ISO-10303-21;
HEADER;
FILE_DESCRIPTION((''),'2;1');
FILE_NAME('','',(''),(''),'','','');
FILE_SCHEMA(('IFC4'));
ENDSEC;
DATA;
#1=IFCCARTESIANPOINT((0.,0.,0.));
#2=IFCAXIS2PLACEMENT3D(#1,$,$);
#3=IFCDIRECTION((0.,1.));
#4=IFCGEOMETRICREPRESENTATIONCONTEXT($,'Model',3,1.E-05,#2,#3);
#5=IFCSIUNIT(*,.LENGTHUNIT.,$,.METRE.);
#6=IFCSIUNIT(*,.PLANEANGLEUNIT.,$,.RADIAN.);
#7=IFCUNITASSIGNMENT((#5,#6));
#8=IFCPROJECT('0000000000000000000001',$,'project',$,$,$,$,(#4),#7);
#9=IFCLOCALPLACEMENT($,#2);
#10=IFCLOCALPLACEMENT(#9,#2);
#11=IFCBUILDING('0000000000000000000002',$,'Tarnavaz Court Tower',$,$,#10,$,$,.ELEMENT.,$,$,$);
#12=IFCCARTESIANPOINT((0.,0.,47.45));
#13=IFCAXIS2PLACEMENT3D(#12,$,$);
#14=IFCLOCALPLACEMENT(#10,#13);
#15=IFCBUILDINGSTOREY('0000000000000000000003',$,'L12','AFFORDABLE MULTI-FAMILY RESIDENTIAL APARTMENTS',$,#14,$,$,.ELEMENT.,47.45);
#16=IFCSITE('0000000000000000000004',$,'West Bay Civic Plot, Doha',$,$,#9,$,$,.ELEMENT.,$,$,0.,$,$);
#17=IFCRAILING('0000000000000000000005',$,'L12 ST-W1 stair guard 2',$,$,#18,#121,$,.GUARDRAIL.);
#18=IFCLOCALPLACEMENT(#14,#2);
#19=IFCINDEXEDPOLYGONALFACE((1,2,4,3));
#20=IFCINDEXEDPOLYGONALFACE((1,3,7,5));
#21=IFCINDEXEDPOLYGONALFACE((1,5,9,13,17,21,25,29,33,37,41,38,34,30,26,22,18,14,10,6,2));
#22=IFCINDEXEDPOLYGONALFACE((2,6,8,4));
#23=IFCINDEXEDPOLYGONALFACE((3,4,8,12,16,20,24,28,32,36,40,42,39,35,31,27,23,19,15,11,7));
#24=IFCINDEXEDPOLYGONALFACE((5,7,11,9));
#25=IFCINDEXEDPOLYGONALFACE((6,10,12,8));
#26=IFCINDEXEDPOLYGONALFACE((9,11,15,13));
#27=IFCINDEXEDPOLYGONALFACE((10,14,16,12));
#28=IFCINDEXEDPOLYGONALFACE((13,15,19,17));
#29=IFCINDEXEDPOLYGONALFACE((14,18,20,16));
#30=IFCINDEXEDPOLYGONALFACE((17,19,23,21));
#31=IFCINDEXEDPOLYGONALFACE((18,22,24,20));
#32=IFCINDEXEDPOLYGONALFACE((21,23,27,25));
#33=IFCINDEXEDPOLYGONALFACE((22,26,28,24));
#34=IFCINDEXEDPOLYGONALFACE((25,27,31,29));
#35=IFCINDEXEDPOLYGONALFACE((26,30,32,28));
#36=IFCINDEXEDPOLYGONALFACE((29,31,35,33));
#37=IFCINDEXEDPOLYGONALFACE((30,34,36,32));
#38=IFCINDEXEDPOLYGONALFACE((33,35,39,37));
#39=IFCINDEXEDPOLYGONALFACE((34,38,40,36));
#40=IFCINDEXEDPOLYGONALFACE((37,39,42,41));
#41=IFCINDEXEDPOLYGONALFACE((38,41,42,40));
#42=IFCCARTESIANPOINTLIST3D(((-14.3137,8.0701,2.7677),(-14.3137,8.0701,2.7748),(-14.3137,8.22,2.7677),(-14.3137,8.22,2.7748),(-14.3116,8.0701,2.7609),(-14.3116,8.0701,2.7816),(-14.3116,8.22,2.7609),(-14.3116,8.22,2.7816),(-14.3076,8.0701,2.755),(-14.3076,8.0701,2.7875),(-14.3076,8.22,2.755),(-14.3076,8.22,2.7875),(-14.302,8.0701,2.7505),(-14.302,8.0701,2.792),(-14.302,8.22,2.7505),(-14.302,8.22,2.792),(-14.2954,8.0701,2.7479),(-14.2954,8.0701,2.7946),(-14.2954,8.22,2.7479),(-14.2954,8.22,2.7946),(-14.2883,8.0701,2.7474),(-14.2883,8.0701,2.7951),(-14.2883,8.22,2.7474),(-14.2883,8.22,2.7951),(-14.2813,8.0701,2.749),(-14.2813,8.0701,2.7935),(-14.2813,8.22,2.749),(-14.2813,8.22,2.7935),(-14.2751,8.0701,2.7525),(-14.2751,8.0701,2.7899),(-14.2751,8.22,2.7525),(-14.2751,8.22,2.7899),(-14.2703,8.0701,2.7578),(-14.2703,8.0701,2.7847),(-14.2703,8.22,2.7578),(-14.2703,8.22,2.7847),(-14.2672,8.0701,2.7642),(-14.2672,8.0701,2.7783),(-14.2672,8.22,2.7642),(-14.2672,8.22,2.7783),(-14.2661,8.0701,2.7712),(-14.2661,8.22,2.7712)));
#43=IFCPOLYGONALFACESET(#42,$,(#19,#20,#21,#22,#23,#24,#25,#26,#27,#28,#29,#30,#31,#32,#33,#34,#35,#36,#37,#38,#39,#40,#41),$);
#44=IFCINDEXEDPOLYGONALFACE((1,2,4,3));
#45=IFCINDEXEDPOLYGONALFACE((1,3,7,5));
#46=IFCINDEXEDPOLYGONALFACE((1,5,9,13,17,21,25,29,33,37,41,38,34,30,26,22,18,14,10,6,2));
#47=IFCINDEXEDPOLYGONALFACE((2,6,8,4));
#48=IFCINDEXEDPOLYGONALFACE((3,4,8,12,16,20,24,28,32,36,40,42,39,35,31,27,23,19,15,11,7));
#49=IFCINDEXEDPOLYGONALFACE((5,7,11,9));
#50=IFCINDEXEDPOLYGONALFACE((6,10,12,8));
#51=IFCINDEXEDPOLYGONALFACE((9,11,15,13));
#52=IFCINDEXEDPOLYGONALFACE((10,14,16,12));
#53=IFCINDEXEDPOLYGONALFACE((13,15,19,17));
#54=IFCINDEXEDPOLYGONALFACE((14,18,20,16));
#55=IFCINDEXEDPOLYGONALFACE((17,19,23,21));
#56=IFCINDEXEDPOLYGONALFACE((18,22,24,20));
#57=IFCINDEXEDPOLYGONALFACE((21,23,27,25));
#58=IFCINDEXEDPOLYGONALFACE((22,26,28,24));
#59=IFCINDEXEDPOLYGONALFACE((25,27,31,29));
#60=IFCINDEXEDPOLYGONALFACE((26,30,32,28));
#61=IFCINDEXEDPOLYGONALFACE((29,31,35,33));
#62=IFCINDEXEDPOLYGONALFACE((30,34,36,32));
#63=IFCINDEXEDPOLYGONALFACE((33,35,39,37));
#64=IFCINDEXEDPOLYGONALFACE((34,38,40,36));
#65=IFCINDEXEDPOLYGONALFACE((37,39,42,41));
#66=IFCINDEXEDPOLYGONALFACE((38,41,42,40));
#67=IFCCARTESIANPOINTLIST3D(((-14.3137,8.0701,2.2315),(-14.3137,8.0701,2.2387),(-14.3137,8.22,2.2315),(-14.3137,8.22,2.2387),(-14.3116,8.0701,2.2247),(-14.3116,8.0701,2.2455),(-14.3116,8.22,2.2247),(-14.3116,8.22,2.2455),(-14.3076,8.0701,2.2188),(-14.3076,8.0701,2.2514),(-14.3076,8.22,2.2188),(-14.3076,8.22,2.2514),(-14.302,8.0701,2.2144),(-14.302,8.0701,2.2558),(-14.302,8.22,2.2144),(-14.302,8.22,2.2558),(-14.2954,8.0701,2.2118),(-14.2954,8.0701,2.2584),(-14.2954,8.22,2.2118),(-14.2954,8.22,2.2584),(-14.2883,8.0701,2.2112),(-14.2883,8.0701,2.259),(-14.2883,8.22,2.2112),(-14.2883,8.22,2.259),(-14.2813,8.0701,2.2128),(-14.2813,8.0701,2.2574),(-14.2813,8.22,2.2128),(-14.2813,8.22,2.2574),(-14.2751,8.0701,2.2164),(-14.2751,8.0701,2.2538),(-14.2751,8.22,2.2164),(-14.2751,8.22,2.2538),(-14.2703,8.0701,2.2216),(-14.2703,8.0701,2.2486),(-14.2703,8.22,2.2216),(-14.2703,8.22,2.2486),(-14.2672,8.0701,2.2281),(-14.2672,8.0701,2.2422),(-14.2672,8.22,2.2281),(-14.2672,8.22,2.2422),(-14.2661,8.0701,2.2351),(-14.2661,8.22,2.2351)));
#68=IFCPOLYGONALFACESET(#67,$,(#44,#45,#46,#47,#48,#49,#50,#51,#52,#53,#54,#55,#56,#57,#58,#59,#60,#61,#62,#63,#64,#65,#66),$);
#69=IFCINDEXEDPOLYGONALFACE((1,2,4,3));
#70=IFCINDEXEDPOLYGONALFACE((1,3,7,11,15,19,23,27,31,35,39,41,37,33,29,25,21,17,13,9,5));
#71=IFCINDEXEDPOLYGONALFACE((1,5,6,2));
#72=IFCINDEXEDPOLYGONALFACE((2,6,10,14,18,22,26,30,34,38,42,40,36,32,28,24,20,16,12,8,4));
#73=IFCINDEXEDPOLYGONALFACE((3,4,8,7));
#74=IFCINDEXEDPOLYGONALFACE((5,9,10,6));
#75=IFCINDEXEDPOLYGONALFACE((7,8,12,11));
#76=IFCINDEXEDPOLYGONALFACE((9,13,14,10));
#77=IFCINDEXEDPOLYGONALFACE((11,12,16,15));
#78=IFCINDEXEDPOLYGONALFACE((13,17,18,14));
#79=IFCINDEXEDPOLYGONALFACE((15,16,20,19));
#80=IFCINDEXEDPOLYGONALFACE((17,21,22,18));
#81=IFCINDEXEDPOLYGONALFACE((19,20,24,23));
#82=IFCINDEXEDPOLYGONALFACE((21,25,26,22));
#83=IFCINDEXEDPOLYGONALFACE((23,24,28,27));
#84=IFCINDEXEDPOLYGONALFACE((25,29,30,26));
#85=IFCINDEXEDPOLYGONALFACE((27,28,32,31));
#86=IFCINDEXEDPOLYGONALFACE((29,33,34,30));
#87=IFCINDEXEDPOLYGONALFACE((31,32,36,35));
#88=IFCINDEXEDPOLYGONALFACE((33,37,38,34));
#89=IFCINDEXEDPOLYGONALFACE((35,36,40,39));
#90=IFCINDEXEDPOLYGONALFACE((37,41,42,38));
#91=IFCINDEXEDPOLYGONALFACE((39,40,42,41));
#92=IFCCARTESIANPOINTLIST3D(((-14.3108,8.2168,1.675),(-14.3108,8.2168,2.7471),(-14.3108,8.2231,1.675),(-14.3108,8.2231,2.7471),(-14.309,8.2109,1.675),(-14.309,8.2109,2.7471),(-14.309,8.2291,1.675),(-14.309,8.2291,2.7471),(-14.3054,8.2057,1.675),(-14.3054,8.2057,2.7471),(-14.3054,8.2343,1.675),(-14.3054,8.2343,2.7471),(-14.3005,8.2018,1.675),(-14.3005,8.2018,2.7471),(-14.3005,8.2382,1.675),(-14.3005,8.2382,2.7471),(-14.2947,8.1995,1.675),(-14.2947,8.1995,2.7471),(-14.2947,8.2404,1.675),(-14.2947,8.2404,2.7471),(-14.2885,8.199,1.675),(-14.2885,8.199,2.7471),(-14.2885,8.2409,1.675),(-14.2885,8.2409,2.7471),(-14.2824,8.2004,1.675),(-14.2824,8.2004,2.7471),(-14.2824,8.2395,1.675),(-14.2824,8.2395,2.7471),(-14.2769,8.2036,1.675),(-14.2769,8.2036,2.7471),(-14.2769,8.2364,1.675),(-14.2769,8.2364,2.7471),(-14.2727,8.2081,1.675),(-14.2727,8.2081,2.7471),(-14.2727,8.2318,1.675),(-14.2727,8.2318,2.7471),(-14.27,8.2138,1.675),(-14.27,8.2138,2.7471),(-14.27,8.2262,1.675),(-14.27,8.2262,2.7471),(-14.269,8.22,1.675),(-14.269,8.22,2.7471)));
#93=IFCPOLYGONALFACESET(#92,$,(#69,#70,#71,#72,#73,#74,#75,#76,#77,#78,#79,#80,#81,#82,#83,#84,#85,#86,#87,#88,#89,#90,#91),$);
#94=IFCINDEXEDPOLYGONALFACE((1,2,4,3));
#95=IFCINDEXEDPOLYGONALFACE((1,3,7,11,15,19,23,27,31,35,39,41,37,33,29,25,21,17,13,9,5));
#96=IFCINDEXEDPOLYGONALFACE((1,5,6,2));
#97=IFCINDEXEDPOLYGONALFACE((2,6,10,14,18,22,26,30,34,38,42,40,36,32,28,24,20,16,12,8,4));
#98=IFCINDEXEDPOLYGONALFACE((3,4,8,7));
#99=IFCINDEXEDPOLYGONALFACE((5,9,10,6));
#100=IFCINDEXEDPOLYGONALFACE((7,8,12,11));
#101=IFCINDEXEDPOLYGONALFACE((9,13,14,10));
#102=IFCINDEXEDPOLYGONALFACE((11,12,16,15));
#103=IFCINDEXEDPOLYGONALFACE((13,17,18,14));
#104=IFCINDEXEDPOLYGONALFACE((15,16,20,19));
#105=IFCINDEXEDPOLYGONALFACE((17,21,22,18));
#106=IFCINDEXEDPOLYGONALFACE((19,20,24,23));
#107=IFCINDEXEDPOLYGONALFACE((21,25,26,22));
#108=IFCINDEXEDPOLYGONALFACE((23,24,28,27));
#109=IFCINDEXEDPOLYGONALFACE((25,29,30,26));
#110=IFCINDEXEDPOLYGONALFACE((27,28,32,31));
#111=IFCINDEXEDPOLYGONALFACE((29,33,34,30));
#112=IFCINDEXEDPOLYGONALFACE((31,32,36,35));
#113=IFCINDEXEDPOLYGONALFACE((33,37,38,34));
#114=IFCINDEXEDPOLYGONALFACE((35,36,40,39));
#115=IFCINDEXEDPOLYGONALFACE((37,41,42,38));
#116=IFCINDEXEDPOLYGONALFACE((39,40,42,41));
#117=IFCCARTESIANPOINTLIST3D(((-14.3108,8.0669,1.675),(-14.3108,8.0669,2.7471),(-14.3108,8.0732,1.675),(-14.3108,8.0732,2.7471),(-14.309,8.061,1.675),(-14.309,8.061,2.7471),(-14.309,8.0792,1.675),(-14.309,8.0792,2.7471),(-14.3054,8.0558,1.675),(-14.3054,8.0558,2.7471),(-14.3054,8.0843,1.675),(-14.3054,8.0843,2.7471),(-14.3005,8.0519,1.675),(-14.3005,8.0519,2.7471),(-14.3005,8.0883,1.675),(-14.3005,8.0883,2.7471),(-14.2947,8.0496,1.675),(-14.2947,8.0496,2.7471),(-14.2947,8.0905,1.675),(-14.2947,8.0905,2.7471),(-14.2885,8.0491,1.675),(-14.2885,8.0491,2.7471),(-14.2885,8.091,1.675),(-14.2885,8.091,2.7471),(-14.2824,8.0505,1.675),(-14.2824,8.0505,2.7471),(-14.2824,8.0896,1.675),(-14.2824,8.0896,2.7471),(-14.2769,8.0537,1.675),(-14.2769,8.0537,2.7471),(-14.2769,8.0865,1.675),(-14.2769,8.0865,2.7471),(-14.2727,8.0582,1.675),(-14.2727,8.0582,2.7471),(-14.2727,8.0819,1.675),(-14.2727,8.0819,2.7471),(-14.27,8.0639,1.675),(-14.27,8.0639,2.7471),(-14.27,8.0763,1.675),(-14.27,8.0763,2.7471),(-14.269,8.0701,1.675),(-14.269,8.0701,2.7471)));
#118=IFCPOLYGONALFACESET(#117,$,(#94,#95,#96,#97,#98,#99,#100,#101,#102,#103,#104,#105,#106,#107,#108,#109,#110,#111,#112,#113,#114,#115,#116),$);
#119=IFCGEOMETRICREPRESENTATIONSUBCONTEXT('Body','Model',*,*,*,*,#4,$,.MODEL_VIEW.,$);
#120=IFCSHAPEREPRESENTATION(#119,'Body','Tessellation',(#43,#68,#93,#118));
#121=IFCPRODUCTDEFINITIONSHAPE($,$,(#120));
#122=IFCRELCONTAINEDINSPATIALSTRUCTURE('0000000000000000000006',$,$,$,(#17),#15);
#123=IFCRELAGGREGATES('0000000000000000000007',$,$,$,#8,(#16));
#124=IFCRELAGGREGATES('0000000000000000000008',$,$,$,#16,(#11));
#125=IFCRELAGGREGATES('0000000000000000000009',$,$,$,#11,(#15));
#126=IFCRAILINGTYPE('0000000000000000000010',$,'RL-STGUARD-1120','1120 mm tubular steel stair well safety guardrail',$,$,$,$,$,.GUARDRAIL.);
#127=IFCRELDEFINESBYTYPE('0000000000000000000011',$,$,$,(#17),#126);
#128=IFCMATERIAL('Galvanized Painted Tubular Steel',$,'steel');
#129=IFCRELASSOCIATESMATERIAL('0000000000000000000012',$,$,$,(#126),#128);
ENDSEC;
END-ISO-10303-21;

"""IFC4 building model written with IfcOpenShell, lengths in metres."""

from ifc_helpers import new_model, si_unit, direction, frame, origin, origin_2d, place, context, subcontext, project, spatial, circle, extrude, material, type_object, element, save


model = new_model("IFC4")

# Units and contexts
model_context = context("Model", 3, precision=1e-05, world=origin(), true_north=direction((0.0, 1.0)))
body_context = subcontext(model_context, "Body", "Model", "MODEL_VIEW")
ifc_project = project(units=[si_unit("LENGTHUNIT", "METRE"), si_unit("PLANEANGLEUNIT", "RADIAN")], contexts=[model_context])

# Site, building, storey
site_placement = place(None, origin())
site = spatial("IfcSite", under=ifc_project, at=site_placement, Name="West Bay Civic Plot, Doha", CompositionType="ELEMENT", RefElevation=0.0)
building_placement = place(site_placement, origin())
building = spatial("IfcBuilding", under=site, at=building_placement, Name="Tarnavaz Court Tower", CompositionType="ELEMENT")
storey_placement = place(building_placement, frame((0.0, 0.0, 47.45)))
storey = spatial("IfcBuildingStorey", under=building, at=storey_placement, Name="L12", Description="AFFORDABLE MULTI-FAMILY RESIDENTIAL APARTMENTS", CompositionType="ELEMENT", Elevation=47.45)

# Railing
ifc_material_1 = material(Name="Galvanized Painted Tubular Steel", Category="steel")
railing_type_1 = type_object("IfcRailingType", Name="RL-STGUARD-1120", Description="1120 mm tubular steel stair well safety guardrail", PredefinedType="GUARDRAIL", material=ifc_material_1)
railing_1_placement = place(storey_placement, frame((-14.29, 8.22, 1.675)))
element("IfcRailing", 1, at=railing_1_placement, inside=storey, type_object=railing_type_1, Name="L12 ST-W1 stair guard 2", PredefinedType="GUARDRAIL", context=body_context, shape_type="SweptSolid", body=[
    extrude(circle(Radius=0.0239, at=origin_2d()), frame((0.0, 0.0, 1.0962), z_axis=(0.0, -1.0, 0.0), x_axis=(1.0, 0.0, 0.0)), (0.0, 0.0, 1.0), 0.1499),
    extrude(circle(Radius=0.0239, at=origin_2d()), frame((0.0, 0.0, 0.5601), z_axis=(0.0, -1.0, 0.0), x_axis=(1.0, 0.0, 0.0)), (0.0, 0.0, 1.0), 0.1499),
    extrude(circle(Radius=0.021, at=origin_2d()), origin(), (0.0, 0.0, 1.0), 1.072),
    extrude(circle(Radius=0.021, at=origin_2d()), frame((0.0, -0.1499, 0.0)), (0.0, 0.0, 1.0), 1.072),
])

save(model, "model.ifc")
